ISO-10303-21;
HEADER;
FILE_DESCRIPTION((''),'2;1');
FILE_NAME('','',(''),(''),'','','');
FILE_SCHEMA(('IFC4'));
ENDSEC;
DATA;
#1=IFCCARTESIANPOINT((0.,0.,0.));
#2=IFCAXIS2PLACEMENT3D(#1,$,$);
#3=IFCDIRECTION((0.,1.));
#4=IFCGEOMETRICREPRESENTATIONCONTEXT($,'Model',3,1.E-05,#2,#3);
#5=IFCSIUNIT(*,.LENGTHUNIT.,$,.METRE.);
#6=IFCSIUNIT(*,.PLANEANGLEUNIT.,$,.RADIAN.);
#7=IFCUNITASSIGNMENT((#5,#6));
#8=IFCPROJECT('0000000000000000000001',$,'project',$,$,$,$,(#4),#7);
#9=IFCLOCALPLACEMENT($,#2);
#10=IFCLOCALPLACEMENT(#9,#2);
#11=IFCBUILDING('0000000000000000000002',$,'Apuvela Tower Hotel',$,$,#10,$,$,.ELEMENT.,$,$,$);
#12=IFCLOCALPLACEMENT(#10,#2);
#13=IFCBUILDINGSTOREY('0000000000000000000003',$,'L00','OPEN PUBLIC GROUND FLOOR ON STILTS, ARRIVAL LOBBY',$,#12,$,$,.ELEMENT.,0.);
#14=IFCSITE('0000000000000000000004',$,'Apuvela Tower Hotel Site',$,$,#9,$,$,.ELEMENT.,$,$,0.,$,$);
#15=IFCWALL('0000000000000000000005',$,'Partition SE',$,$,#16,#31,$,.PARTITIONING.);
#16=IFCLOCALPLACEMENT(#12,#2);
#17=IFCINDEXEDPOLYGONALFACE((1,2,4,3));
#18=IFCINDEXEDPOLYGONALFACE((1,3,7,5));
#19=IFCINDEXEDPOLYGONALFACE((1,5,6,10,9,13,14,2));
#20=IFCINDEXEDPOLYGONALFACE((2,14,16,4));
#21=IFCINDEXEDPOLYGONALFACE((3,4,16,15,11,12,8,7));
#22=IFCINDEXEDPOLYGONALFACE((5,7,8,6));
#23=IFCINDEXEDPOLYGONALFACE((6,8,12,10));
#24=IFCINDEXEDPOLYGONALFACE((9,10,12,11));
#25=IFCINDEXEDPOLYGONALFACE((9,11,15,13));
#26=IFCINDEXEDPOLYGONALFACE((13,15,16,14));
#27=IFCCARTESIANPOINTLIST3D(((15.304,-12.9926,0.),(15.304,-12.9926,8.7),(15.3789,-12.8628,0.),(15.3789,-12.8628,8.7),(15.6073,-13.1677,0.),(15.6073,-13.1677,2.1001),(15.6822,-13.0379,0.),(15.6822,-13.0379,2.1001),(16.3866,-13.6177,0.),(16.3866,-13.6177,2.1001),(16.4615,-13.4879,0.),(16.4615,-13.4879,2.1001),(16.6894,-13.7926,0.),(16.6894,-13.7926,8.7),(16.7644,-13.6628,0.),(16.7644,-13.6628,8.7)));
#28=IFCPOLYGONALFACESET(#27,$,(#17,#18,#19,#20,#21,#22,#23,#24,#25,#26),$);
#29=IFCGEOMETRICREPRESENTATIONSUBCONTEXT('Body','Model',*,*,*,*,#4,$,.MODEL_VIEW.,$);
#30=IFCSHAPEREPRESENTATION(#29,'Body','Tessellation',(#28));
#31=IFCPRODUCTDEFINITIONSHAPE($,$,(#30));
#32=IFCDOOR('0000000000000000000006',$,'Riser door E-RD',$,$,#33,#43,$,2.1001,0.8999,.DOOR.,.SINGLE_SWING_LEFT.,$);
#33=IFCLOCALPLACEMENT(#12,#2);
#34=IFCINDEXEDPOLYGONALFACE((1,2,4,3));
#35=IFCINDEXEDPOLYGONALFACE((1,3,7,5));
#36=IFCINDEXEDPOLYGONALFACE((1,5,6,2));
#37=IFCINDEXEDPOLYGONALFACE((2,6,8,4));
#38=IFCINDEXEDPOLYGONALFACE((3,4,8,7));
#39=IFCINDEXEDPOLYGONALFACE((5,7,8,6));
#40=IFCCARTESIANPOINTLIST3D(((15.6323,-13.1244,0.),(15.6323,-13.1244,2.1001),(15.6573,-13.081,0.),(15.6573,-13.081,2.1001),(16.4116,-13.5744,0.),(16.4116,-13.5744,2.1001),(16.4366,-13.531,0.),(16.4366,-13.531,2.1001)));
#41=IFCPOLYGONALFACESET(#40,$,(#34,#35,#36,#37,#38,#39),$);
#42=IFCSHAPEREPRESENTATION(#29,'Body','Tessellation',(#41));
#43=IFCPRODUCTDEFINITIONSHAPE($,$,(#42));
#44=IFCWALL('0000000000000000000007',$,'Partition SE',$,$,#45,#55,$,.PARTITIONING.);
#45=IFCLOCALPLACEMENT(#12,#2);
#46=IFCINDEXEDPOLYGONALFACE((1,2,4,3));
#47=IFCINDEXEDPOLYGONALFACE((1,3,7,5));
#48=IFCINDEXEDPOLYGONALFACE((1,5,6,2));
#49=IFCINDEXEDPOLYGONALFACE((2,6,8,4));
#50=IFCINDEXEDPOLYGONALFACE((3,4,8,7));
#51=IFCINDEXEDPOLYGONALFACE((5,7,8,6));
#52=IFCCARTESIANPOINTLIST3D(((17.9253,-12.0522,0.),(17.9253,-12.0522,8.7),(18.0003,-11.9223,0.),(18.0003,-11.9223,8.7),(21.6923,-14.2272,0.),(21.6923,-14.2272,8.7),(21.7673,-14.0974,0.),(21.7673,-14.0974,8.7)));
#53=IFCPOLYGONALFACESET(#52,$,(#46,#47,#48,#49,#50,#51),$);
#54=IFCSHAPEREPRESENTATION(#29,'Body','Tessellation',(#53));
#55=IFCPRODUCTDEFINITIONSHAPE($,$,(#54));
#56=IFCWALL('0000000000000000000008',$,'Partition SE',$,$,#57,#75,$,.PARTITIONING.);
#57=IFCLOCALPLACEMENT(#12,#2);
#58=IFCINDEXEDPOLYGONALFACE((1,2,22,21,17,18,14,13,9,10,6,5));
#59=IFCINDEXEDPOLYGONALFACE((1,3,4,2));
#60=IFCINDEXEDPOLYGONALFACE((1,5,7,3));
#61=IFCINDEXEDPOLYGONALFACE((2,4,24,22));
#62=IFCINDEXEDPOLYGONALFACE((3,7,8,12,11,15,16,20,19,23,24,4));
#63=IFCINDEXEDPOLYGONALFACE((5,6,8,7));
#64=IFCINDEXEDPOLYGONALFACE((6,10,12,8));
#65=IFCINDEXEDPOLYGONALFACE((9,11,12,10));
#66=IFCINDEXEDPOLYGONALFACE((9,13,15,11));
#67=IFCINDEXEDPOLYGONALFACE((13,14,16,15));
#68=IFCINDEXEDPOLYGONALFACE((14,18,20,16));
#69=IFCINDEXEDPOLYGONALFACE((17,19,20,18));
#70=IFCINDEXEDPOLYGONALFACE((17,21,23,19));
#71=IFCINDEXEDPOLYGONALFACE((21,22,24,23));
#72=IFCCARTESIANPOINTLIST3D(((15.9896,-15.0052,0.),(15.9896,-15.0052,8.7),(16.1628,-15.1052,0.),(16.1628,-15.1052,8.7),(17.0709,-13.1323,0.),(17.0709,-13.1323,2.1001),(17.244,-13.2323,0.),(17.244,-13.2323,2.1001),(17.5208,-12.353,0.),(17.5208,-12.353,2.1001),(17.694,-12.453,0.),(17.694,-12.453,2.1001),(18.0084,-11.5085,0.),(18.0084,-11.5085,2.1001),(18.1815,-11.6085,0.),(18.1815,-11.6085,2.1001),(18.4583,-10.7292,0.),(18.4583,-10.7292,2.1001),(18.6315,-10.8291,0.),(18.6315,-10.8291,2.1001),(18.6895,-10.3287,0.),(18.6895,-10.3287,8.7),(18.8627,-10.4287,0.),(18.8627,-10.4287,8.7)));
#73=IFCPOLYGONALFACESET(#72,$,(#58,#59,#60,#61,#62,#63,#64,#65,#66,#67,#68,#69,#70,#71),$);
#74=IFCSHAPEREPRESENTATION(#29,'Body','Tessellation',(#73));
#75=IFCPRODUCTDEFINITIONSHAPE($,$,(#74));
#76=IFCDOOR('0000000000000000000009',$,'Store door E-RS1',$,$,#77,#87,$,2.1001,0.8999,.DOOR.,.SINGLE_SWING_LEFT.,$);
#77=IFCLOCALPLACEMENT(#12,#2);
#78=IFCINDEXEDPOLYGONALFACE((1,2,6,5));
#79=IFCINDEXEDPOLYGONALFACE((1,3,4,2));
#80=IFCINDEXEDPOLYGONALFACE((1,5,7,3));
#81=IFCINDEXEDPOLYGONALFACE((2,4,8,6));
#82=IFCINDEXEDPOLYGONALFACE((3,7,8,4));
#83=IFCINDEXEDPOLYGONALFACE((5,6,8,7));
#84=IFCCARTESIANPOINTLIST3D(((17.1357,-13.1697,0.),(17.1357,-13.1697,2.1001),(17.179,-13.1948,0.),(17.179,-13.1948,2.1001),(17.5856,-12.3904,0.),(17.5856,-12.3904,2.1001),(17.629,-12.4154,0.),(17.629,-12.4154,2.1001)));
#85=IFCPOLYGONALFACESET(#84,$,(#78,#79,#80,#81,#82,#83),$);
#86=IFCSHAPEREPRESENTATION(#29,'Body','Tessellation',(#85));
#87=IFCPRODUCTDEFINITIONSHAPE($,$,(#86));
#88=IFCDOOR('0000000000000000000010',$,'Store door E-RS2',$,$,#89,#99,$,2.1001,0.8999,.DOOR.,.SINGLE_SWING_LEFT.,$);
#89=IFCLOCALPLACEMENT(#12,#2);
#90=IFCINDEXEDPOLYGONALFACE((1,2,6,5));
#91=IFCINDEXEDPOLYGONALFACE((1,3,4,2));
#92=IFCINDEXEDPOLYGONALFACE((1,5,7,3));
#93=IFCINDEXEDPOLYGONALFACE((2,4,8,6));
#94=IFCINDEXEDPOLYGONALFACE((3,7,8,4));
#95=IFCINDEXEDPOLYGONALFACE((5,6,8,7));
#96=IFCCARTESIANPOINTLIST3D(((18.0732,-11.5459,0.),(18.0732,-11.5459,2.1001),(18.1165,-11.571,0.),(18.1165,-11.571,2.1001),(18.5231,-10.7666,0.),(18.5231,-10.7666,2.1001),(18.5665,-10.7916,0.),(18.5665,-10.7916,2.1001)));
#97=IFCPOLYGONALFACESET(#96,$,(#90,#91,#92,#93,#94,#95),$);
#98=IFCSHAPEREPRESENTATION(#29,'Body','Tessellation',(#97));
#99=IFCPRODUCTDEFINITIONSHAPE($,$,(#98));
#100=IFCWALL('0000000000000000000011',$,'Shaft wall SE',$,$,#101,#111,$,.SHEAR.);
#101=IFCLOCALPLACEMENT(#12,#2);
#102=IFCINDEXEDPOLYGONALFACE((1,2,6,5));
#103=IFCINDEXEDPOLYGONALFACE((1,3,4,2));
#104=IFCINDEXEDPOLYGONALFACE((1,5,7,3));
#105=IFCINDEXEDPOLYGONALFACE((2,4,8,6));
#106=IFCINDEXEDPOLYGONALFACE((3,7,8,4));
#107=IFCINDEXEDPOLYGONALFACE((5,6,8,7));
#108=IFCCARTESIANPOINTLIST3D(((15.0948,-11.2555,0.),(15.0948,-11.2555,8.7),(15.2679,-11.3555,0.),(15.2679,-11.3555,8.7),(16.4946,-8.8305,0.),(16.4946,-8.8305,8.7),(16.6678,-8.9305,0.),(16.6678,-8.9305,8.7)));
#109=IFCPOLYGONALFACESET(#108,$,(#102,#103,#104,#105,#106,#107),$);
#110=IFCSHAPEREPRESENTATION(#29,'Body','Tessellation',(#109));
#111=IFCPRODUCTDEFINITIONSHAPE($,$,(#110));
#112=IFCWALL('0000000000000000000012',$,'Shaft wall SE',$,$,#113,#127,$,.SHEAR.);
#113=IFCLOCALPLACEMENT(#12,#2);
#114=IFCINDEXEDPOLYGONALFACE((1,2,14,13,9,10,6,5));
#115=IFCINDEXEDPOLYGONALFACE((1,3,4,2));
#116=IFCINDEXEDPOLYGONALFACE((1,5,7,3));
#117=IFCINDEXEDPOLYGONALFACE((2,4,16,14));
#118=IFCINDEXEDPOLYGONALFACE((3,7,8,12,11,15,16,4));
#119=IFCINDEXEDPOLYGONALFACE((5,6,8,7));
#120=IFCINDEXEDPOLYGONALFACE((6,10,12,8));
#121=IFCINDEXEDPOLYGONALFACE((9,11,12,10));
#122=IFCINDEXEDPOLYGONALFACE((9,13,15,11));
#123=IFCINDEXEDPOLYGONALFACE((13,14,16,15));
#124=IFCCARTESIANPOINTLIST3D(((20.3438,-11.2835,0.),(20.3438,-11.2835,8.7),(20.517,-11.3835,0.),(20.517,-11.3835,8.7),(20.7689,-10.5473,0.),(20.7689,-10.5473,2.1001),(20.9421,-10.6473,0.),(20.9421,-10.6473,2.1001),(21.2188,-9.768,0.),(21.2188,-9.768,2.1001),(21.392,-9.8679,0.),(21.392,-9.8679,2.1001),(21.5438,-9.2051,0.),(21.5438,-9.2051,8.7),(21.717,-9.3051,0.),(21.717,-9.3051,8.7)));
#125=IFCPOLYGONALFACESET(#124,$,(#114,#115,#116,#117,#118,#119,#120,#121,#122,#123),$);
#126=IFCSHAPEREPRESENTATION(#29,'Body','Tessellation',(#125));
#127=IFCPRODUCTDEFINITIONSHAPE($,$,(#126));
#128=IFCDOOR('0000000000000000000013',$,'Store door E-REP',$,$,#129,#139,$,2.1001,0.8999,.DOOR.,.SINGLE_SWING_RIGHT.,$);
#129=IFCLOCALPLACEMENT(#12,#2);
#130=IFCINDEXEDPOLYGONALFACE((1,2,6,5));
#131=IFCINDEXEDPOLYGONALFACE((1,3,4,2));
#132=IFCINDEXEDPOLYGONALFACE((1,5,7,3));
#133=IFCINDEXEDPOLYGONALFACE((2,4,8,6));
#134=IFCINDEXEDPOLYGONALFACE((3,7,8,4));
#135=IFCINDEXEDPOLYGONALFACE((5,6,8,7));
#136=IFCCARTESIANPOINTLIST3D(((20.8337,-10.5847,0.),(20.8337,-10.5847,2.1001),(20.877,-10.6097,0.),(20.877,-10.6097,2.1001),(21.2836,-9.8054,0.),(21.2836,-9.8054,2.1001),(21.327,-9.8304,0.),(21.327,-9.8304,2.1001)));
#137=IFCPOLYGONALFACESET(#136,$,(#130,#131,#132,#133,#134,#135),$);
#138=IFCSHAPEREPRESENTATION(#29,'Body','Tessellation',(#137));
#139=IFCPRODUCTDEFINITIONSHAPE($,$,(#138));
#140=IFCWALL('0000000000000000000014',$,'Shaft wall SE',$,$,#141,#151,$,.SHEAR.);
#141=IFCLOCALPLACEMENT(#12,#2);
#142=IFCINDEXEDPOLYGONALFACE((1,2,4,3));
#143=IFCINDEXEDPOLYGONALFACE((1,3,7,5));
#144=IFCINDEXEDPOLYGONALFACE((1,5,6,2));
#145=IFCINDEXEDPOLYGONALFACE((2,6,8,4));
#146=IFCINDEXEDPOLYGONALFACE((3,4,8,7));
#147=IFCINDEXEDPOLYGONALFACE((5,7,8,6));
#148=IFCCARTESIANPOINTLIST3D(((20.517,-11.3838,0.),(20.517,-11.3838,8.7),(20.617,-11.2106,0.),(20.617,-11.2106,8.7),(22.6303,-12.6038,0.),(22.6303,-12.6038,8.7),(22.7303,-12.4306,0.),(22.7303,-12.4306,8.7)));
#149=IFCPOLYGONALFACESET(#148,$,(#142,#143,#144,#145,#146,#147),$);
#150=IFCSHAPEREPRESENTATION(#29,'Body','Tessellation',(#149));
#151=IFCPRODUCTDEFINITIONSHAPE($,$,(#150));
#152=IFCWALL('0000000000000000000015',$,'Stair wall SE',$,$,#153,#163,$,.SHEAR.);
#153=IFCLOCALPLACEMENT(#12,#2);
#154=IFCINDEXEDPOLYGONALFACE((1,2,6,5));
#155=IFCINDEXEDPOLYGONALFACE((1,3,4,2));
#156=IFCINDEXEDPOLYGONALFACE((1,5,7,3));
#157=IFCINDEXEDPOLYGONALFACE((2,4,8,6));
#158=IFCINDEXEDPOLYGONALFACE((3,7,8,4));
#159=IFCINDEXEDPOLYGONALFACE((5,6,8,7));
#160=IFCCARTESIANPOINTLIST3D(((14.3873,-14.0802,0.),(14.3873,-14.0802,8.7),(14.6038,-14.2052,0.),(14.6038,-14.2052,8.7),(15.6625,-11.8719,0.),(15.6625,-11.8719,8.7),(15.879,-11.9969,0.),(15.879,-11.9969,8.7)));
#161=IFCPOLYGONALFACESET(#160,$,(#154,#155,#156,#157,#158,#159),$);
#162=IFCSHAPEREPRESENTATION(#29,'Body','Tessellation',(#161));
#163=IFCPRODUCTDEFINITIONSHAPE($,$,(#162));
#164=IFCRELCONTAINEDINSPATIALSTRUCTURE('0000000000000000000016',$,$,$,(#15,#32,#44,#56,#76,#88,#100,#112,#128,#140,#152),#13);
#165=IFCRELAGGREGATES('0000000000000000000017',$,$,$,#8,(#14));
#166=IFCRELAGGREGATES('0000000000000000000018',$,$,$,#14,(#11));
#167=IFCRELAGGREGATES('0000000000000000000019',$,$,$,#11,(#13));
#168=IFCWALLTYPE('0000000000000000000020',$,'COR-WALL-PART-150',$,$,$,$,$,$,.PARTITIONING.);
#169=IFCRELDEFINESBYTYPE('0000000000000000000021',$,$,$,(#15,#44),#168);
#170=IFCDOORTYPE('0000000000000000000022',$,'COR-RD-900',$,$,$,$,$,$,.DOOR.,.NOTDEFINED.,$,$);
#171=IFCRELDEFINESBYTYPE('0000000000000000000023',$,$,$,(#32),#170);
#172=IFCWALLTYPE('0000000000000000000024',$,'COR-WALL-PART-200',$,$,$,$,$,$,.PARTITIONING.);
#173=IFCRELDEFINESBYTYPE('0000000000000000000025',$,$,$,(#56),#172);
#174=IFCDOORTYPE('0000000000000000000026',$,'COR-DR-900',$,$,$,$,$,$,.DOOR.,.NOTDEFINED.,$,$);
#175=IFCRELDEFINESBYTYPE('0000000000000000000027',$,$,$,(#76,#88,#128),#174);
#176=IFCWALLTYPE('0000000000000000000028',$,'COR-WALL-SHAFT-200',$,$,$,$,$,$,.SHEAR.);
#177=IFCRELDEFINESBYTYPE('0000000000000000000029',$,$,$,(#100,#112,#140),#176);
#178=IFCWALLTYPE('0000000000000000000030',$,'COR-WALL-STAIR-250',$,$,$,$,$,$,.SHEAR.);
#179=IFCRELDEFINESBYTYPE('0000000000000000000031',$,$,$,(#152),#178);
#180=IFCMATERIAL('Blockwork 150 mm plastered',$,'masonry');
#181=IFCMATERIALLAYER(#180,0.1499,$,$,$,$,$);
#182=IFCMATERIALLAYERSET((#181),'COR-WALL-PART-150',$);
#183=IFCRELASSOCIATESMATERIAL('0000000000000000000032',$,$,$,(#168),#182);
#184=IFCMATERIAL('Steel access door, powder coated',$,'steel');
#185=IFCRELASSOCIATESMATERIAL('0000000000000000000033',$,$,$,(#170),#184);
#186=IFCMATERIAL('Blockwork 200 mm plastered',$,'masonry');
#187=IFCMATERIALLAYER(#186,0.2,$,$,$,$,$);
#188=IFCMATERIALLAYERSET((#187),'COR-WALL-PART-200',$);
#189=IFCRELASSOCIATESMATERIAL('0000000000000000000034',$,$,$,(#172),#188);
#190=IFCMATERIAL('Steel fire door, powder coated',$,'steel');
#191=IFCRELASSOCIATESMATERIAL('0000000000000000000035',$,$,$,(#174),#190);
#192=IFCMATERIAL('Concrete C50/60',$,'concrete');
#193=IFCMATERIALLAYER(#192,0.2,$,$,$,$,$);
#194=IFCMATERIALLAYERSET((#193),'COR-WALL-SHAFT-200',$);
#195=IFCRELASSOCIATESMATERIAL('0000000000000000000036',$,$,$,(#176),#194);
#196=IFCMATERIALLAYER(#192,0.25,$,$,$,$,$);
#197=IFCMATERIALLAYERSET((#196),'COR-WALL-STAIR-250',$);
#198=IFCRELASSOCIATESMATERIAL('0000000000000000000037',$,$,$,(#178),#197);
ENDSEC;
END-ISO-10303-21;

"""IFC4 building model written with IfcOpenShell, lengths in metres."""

from ifc_helpers import new_model, si_unit, direction, frame, frame_2d, origin, place, context, subcontext, project, spatial, rectangle, extrude, material, layer, layer_set, type_object, element, fill, save


model = new_model("IFC4")

# Units and contexts
model_context = context("Model", 3, precision=1e-05, world=origin(), true_north=direction((0.0, 1.0)))
body_context = subcontext(model_context, "Body", "Model", "MODEL_VIEW")
ifc_project = project(units=[si_unit("LENGTHUNIT", "METRE"), si_unit("PLANEANGLEUNIT", "RADIAN")], contexts=[model_context])

# Site, building, storey
site_placement = place(None, origin())
site = spatial("IfcSite", under=ifc_project, at=site_placement, Name="Apuvela Tower Hotel Site", CompositionType="ELEMENT", RefElevation=0.0)
building_placement = place(site_placement, origin())
building = spatial("IfcBuilding", under=site, at=building_placement, Name="Apuvela Tower Hotel", CompositionType="ELEMENT")
storey_placement = place(building_placement, origin())
storey = spatial("IfcBuildingStorey", under=building, at=storey_placement, Name="L00", Description="OPEN PUBLIC GROUND FLOOR ON STILTS, ARRIVAL LOBBY", CompositionType="ELEMENT", Elevation=0.0)

# Shared definitions
ifc_material_1 = material(Name="Concrete C50/60", Category="concrete")

# Wall, opening, door
ifc_material_2 = material(Name="Blockwork 150 mm plastered", Category="masonry")
ifc_layer_1 = layer(ifc_material_2, 0.1499)
ifc_layer_set_1 = layer_set([ifc_layer_1], Name="COR-WALL-PART-150")
wall_type_1 = type_object("IfcWallType", Name="COR-WALL-PART-150", PredefinedType="PARTITIONING", material=ifc_layer_set_1)
wall_1_placement = place(storey_placement, frame((15.3416, -12.9277, 0.0), z_axis=(0.0, 0.0, 1.0), x_axis=(0.86599, -0.500061, 0.0)))
wall_1 = element("IfcWall", 1, at=wall_1_placement, inside=storey, type_object=wall_type_1, Name="Partition SE", PredefinedType="PARTITIONING", context=body_context, shape_type="SweptSolid", body=[
    extrude(rectangle(XDim=1.5999, YDim=0.1499, at=frame_2d((0.7998, 0.0))), origin(), (0.0, 0.0, 1.0), 8.7),
])
opening_1_placement = place(wall_1_placement, frame((0.3501, 0.0, 0.0)))
opening_1 = element("IfcOpeningElement", 2, at=opening_1_placement, cuts=wall_1, PredefinedType="OPENING", context=body_context, shape_type="SweptSolid", body=[
    extrude(rectangle(XDim=0.8999, YDim=2.1001, at=frame_2d((0.45, 1.05))), frame((0.0, 0.085, 0.0), z_axis=(0.0, -1.0, 0.0), x_axis=(1.0, 0.0, 0.0)), (0.0, 0.0, 1.0), 0.1699),
])
ifc_material_3 = material(Name="Steel access door, powder coated", Category="steel")
door_type_1 = type_object("IfcDoorType", Name="COR-RD-900", OperationType="NOTDEFINED", PredefinedType="DOOR", material=ifc_material_3)
door_1_placement = place(opening_1_placement, frame((0.8999, 0.0, 0.0), z_axis=(0.0, 0.0, 1.0), x_axis=(-1.0, 0.0, 0.0)))
door_1 = element("IfcDoor", 3, at=door_1_placement, inside=storey, type_object=door_type_1, Name="Riser door E-RD", OperationType="SINGLE_SWING_LEFT", OverallHeight=2.1001, OverallWidth=0.8999, PredefinedType="DOOR", context=body_context, shape_type="SweptSolid", body=[
    extrude(rectangle(XDim=0.8999, YDim=2.1001, at=frame_2d((0.45, 1.05))), frame((0.0, 0.0249, 0.0), z_axis=(0.0, -1.0, 0.0), x_axis=(1.0, 0.0, 0.0)), (0.0, 0.0, 1.0), 0.05),
])
fill(opening_1, door_1)

# Wall
wall_2_placement = place(storey_placement, frame((17.9629, -11.9873, 0.0), z_axis=(0.0, 0.0, 1.0), x_axis=(0.866014, -0.50002, 0.0)))
element("IfcWall", 4, at=wall_2_placement, inside=storey, type_object=wall_type_1, Name="Partition SE", PredefinedType="PARTITIONING", context=body_context, shape_type="SweptSolid", body=[
    extrude(rectangle(XDim=4.3499, YDim=0.1499, at=frame_2d((2.1748, 0.0))), origin(), (0.0, 0.0, 1.0), 8.7),
])

# Wall, openings, doors
ifc_material_4 = material(Name="Blockwork 200 mm plastered", Category="masonry")
ifc_layer_2 = layer(ifc_material_4, 0.2)
ifc_layer_set_2 = layer_set([ifc_layer_2], Name="COR-WALL-PART-200")
wall_type_2 = type_object("IfcWallType", Name="COR-WALL-PART-200", PredefinedType="PARTITIONING", material=ifc_layer_set_2)
wall_3_placement = place(storey_placement, frame((16.0762, -15.0552, 0.0), z_axis=(0.0, 0.0, 1.0), x_axis=(0.499995, 0.866028, 0.0)))
wall_3 = element("IfcWall", 5, at=wall_3_placement, inside=storey, type_object=wall_type_2, Name="Partition SE", PredefinedType="PARTITIONING", context=body_context, shape_type="SweptSolid", body=[
    extrude(rectangle(XDim=5.3999, YDim=0.2, at=frame_2d((2.7, 0.0))), origin(), (0.0, 0.0, 1.0), 8.7),
])
opening_2_placement = place(wall_3_placement, frame((2.1626, 0.0, 0.0)))
opening_2 = element("IfcOpeningElement", 6, at=opening_2_placement, cuts=wall_3, PredefinedType="OPENING", context=body_context, shape_type="SweptSolid", body=[
    extrude(rectangle(XDim=0.8999, YDim=2.1001, at=frame_2d((0.45, 1.05))), frame((0.0, 0.1099, 0.0), z_axis=(0.0, -1.0, 0.0), x_axis=(1.0, 0.0, 0.0)), (0.0, 0.0, 1.0), 0.22),
])
opening_3_placement = place(wall_3_placement, frame((4.0376, 0.0, 0.0)))
opening_3 = element("IfcOpeningElement", 7, at=opening_3_placement, cuts=wall_3, PredefinedType="OPENING", context=body_context, shape_type="SweptSolid", body=[
    extrude(rectangle(XDim=0.8999, YDim=2.1001, at=frame_2d((0.45, 1.05))), frame((0.0, 0.1099, 0.0), z_axis=(0.0, -1.0, 0.0), x_axis=(1.0, 0.0, 0.0)), (0.0, 0.0, 1.0), 0.22),
])
ifc_material_5 = material(Name="Steel fire door, powder coated", Category="steel")
door_type_2 = type_object("IfcDoorType", Name="COR-DR-900", OperationType="NOTDEFINED", PredefinedType="DOOR", material=ifc_material_5)
door_2_placement = place(opening_2_placement, frame((0.8999, 0.0, 0.0), z_axis=(0.0, 0.0, 1.0), x_axis=(-1.0, 0.0, 0.0)))
door_2 = element("IfcDoor", 8, at=door_2_placement, inside=storey, type_object=door_type_2, Name="Store door E-RS1", OperationType="SINGLE_SWING_LEFT", OverallHeight=2.1001, OverallWidth=0.8999, PredefinedType="DOOR", context=body_context, shape_type="SweptSolid", body=[
    extrude(rectangle(XDim=0.8999, YDim=2.1001, at=frame_2d((0.45, 1.05))), frame((0.0, 0.0249, 0.0), z_axis=(0.0, -1.0, 0.0), x_axis=(1.0, 0.0, 0.0)), (0.0, 0.0, 1.0), 0.05),
])
fill(opening_2, door_2)
door_3_placement = place(opening_3_placement, frame((0.8999, 0.0, 0.0), z_axis=(0.0, 0.0, 1.0), x_axis=(-1.0, 0.0, 0.0)))
door_3 = element("IfcDoor", 9, at=door_3_placement, inside=storey, type_object=door_type_2, Name="Store door E-RS2", OperationType="SINGLE_SWING_LEFT", OverallHeight=2.1001, OverallWidth=0.8999, PredefinedType="DOOR", context=body_context, shape_type="SweptSolid", body=[
    extrude(rectangle(XDim=0.8999, YDim=2.1001, at=frame_2d((0.45, 1.05))), frame((0.0, 0.0249, 0.0), z_axis=(0.0, -1.0, 0.0), x_axis=(1.0, 0.0, 0.0)), (0.0, 0.0, 1.0), 0.05),
])
fill(opening_3, door_3)

# Wall
ifc_layer_3 = layer(ifc_material_1, 0.2)
ifc_layer_set_3 = layer_set([ifc_layer_3], Name="COR-WALL-SHAFT-200")
wall_type_3 = type_object("IfcWallType", Name="COR-WALL-SHAFT-200", PredefinedType="SHEAR", material=ifc_layer_set_3)
wall_4_placement = place(storey_placement, frame((15.1814, -11.3054, 0.0), z_axis=(0.0, 0.0, 1.0), x_axis=(0.499946, 0.866056, 0.0)))
element("IfcWall", 10, at=wall_4_placement, inside=storey, type_object=wall_type_3, Name="Shaft wall SE", PredefinedType="SHEAR", context=body_context, shape_type="SweptSolid", body=[
    extrude(rectangle(XDim=2.8, YDim=0.2, at=frame_2d((1.3999, 0.0))), origin(), (0.0, 0.0, 1.0), 8.7),
])

# Wall, opening, door
wall_5_placement = place(storey_placement, frame((20.4304, -11.3335, 0.0), z_axis=(0.0, 0.0, 1.0), x_axis=(0.500001, 0.866025, 0.0)))
wall_5 = element("IfcWall", 11, at=wall_5_placement, inside=storey, type_object=wall_type_3, Name="Shaft wall SE", PredefinedType="SHEAR", context=body_context, shape_type="SweptSolid", body=[
    extrude(rectangle(XDim=2.3999, YDim=0.2, at=frame_2d((1.2, 0.0))), origin(), (0.0, 0.0, 1.0), 8.7),
])
opening_4_placement = place(wall_5_placement, frame((0.8501, 0.0, 0.0)))
opening_4 = element("IfcOpeningElement", 12, at=opening_4_placement, cuts=wall_5, PredefinedType="OPENING", context=body_context, shape_type="SweptSolid", body=[
    extrude(rectangle(XDim=0.8999, YDim=2.1001, at=frame_2d((0.45, 1.05))), frame((0.0, 0.1099, 0.0), z_axis=(0.0, -1.0, 0.0), x_axis=(1.0, 0.0, 0.0)), (0.0, 0.0, 1.0), 0.22),
])
door_4_placement = place(opening_4_placement, frame((0.8999, 0.0, 0.0), z_axis=(0.0, 0.0, 1.0), x_axis=(-1.0, 0.0, 0.0)))
door_4 = element("IfcDoor", 13, at=door_4_placement, inside=storey, type_object=door_type_2, Name="Store door E-REP", OperationType="SINGLE_SWING_RIGHT", OverallHeight=2.1001, OverallWidth=0.8999, PredefinedType="DOOR", context=body_context, shape_type="SweptSolid", body=[
    extrude(rectangle(XDim=0.8999, YDim=2.1001, at=frame_2d((0.45, 1.05))), frame((0.0, 0.0249, 0.0), z_axis=(0.0, -1.0, 0.0), x_axis=(1.0, 0.0, 0.0)), (0.0, 0.0, 1.0), 0.05),
])
fill(opening_4, door_4)

# Walls
wall_6_placement = place(storey_placement, frame((20.5669, -11.2971, 0.0), z_axis=(0.0, 0.0, 1.0), x_axis=(0.866049, -0.499959, 0.0)))
element("IfcWall", 14, at=wall_6_placement, inside=storey, type_object=wall_type_3, Name="Shaft wall SE", PredefinedType="SHEAR", context=body_context, shape_type="SweptSolid", body=[
    extrude(rectangle(XDim=2.4402, YDim=0.2, at=frame_2d((1.2202, 0.0))), origin(), (0.0, 0.0, 1.0), 8.7),
])
ifc_layer_4 = layer(ifc_material_1, 0.25)
ifc_layer_set_4 = layer_set([ifc_layer_4], Name="COR-WALL-STAIR-250")
wall_type_4 = type_object("IfcWallType", Name="COR-WALL-STAIR-250", PredefinedType="SHEAR", material=ifc_layer_set_4)
wall_7_placement = place(storey_placement, frame((14.4956, -14.1426, 0.0), z_axis=(0.0, 0.0, 1.0), x_axis=(0.500062, 0.865989, 0.0)))
element("IfcWall", 15, at=wall_7_placement, inside=storey, type_object=wall_type_4, Name="Stair wall SE", PredefinedType="SHEAR", context=body_context, shape_type="SweptSolid", body=[
    extrude(rectangle(XDim=2.55, YDim=0.25, at=frame_2d((1.2749, 0.0))), origin(), (0.0, 0.0, 1.0), 8.7),
])

save(model, "model.ifc")
